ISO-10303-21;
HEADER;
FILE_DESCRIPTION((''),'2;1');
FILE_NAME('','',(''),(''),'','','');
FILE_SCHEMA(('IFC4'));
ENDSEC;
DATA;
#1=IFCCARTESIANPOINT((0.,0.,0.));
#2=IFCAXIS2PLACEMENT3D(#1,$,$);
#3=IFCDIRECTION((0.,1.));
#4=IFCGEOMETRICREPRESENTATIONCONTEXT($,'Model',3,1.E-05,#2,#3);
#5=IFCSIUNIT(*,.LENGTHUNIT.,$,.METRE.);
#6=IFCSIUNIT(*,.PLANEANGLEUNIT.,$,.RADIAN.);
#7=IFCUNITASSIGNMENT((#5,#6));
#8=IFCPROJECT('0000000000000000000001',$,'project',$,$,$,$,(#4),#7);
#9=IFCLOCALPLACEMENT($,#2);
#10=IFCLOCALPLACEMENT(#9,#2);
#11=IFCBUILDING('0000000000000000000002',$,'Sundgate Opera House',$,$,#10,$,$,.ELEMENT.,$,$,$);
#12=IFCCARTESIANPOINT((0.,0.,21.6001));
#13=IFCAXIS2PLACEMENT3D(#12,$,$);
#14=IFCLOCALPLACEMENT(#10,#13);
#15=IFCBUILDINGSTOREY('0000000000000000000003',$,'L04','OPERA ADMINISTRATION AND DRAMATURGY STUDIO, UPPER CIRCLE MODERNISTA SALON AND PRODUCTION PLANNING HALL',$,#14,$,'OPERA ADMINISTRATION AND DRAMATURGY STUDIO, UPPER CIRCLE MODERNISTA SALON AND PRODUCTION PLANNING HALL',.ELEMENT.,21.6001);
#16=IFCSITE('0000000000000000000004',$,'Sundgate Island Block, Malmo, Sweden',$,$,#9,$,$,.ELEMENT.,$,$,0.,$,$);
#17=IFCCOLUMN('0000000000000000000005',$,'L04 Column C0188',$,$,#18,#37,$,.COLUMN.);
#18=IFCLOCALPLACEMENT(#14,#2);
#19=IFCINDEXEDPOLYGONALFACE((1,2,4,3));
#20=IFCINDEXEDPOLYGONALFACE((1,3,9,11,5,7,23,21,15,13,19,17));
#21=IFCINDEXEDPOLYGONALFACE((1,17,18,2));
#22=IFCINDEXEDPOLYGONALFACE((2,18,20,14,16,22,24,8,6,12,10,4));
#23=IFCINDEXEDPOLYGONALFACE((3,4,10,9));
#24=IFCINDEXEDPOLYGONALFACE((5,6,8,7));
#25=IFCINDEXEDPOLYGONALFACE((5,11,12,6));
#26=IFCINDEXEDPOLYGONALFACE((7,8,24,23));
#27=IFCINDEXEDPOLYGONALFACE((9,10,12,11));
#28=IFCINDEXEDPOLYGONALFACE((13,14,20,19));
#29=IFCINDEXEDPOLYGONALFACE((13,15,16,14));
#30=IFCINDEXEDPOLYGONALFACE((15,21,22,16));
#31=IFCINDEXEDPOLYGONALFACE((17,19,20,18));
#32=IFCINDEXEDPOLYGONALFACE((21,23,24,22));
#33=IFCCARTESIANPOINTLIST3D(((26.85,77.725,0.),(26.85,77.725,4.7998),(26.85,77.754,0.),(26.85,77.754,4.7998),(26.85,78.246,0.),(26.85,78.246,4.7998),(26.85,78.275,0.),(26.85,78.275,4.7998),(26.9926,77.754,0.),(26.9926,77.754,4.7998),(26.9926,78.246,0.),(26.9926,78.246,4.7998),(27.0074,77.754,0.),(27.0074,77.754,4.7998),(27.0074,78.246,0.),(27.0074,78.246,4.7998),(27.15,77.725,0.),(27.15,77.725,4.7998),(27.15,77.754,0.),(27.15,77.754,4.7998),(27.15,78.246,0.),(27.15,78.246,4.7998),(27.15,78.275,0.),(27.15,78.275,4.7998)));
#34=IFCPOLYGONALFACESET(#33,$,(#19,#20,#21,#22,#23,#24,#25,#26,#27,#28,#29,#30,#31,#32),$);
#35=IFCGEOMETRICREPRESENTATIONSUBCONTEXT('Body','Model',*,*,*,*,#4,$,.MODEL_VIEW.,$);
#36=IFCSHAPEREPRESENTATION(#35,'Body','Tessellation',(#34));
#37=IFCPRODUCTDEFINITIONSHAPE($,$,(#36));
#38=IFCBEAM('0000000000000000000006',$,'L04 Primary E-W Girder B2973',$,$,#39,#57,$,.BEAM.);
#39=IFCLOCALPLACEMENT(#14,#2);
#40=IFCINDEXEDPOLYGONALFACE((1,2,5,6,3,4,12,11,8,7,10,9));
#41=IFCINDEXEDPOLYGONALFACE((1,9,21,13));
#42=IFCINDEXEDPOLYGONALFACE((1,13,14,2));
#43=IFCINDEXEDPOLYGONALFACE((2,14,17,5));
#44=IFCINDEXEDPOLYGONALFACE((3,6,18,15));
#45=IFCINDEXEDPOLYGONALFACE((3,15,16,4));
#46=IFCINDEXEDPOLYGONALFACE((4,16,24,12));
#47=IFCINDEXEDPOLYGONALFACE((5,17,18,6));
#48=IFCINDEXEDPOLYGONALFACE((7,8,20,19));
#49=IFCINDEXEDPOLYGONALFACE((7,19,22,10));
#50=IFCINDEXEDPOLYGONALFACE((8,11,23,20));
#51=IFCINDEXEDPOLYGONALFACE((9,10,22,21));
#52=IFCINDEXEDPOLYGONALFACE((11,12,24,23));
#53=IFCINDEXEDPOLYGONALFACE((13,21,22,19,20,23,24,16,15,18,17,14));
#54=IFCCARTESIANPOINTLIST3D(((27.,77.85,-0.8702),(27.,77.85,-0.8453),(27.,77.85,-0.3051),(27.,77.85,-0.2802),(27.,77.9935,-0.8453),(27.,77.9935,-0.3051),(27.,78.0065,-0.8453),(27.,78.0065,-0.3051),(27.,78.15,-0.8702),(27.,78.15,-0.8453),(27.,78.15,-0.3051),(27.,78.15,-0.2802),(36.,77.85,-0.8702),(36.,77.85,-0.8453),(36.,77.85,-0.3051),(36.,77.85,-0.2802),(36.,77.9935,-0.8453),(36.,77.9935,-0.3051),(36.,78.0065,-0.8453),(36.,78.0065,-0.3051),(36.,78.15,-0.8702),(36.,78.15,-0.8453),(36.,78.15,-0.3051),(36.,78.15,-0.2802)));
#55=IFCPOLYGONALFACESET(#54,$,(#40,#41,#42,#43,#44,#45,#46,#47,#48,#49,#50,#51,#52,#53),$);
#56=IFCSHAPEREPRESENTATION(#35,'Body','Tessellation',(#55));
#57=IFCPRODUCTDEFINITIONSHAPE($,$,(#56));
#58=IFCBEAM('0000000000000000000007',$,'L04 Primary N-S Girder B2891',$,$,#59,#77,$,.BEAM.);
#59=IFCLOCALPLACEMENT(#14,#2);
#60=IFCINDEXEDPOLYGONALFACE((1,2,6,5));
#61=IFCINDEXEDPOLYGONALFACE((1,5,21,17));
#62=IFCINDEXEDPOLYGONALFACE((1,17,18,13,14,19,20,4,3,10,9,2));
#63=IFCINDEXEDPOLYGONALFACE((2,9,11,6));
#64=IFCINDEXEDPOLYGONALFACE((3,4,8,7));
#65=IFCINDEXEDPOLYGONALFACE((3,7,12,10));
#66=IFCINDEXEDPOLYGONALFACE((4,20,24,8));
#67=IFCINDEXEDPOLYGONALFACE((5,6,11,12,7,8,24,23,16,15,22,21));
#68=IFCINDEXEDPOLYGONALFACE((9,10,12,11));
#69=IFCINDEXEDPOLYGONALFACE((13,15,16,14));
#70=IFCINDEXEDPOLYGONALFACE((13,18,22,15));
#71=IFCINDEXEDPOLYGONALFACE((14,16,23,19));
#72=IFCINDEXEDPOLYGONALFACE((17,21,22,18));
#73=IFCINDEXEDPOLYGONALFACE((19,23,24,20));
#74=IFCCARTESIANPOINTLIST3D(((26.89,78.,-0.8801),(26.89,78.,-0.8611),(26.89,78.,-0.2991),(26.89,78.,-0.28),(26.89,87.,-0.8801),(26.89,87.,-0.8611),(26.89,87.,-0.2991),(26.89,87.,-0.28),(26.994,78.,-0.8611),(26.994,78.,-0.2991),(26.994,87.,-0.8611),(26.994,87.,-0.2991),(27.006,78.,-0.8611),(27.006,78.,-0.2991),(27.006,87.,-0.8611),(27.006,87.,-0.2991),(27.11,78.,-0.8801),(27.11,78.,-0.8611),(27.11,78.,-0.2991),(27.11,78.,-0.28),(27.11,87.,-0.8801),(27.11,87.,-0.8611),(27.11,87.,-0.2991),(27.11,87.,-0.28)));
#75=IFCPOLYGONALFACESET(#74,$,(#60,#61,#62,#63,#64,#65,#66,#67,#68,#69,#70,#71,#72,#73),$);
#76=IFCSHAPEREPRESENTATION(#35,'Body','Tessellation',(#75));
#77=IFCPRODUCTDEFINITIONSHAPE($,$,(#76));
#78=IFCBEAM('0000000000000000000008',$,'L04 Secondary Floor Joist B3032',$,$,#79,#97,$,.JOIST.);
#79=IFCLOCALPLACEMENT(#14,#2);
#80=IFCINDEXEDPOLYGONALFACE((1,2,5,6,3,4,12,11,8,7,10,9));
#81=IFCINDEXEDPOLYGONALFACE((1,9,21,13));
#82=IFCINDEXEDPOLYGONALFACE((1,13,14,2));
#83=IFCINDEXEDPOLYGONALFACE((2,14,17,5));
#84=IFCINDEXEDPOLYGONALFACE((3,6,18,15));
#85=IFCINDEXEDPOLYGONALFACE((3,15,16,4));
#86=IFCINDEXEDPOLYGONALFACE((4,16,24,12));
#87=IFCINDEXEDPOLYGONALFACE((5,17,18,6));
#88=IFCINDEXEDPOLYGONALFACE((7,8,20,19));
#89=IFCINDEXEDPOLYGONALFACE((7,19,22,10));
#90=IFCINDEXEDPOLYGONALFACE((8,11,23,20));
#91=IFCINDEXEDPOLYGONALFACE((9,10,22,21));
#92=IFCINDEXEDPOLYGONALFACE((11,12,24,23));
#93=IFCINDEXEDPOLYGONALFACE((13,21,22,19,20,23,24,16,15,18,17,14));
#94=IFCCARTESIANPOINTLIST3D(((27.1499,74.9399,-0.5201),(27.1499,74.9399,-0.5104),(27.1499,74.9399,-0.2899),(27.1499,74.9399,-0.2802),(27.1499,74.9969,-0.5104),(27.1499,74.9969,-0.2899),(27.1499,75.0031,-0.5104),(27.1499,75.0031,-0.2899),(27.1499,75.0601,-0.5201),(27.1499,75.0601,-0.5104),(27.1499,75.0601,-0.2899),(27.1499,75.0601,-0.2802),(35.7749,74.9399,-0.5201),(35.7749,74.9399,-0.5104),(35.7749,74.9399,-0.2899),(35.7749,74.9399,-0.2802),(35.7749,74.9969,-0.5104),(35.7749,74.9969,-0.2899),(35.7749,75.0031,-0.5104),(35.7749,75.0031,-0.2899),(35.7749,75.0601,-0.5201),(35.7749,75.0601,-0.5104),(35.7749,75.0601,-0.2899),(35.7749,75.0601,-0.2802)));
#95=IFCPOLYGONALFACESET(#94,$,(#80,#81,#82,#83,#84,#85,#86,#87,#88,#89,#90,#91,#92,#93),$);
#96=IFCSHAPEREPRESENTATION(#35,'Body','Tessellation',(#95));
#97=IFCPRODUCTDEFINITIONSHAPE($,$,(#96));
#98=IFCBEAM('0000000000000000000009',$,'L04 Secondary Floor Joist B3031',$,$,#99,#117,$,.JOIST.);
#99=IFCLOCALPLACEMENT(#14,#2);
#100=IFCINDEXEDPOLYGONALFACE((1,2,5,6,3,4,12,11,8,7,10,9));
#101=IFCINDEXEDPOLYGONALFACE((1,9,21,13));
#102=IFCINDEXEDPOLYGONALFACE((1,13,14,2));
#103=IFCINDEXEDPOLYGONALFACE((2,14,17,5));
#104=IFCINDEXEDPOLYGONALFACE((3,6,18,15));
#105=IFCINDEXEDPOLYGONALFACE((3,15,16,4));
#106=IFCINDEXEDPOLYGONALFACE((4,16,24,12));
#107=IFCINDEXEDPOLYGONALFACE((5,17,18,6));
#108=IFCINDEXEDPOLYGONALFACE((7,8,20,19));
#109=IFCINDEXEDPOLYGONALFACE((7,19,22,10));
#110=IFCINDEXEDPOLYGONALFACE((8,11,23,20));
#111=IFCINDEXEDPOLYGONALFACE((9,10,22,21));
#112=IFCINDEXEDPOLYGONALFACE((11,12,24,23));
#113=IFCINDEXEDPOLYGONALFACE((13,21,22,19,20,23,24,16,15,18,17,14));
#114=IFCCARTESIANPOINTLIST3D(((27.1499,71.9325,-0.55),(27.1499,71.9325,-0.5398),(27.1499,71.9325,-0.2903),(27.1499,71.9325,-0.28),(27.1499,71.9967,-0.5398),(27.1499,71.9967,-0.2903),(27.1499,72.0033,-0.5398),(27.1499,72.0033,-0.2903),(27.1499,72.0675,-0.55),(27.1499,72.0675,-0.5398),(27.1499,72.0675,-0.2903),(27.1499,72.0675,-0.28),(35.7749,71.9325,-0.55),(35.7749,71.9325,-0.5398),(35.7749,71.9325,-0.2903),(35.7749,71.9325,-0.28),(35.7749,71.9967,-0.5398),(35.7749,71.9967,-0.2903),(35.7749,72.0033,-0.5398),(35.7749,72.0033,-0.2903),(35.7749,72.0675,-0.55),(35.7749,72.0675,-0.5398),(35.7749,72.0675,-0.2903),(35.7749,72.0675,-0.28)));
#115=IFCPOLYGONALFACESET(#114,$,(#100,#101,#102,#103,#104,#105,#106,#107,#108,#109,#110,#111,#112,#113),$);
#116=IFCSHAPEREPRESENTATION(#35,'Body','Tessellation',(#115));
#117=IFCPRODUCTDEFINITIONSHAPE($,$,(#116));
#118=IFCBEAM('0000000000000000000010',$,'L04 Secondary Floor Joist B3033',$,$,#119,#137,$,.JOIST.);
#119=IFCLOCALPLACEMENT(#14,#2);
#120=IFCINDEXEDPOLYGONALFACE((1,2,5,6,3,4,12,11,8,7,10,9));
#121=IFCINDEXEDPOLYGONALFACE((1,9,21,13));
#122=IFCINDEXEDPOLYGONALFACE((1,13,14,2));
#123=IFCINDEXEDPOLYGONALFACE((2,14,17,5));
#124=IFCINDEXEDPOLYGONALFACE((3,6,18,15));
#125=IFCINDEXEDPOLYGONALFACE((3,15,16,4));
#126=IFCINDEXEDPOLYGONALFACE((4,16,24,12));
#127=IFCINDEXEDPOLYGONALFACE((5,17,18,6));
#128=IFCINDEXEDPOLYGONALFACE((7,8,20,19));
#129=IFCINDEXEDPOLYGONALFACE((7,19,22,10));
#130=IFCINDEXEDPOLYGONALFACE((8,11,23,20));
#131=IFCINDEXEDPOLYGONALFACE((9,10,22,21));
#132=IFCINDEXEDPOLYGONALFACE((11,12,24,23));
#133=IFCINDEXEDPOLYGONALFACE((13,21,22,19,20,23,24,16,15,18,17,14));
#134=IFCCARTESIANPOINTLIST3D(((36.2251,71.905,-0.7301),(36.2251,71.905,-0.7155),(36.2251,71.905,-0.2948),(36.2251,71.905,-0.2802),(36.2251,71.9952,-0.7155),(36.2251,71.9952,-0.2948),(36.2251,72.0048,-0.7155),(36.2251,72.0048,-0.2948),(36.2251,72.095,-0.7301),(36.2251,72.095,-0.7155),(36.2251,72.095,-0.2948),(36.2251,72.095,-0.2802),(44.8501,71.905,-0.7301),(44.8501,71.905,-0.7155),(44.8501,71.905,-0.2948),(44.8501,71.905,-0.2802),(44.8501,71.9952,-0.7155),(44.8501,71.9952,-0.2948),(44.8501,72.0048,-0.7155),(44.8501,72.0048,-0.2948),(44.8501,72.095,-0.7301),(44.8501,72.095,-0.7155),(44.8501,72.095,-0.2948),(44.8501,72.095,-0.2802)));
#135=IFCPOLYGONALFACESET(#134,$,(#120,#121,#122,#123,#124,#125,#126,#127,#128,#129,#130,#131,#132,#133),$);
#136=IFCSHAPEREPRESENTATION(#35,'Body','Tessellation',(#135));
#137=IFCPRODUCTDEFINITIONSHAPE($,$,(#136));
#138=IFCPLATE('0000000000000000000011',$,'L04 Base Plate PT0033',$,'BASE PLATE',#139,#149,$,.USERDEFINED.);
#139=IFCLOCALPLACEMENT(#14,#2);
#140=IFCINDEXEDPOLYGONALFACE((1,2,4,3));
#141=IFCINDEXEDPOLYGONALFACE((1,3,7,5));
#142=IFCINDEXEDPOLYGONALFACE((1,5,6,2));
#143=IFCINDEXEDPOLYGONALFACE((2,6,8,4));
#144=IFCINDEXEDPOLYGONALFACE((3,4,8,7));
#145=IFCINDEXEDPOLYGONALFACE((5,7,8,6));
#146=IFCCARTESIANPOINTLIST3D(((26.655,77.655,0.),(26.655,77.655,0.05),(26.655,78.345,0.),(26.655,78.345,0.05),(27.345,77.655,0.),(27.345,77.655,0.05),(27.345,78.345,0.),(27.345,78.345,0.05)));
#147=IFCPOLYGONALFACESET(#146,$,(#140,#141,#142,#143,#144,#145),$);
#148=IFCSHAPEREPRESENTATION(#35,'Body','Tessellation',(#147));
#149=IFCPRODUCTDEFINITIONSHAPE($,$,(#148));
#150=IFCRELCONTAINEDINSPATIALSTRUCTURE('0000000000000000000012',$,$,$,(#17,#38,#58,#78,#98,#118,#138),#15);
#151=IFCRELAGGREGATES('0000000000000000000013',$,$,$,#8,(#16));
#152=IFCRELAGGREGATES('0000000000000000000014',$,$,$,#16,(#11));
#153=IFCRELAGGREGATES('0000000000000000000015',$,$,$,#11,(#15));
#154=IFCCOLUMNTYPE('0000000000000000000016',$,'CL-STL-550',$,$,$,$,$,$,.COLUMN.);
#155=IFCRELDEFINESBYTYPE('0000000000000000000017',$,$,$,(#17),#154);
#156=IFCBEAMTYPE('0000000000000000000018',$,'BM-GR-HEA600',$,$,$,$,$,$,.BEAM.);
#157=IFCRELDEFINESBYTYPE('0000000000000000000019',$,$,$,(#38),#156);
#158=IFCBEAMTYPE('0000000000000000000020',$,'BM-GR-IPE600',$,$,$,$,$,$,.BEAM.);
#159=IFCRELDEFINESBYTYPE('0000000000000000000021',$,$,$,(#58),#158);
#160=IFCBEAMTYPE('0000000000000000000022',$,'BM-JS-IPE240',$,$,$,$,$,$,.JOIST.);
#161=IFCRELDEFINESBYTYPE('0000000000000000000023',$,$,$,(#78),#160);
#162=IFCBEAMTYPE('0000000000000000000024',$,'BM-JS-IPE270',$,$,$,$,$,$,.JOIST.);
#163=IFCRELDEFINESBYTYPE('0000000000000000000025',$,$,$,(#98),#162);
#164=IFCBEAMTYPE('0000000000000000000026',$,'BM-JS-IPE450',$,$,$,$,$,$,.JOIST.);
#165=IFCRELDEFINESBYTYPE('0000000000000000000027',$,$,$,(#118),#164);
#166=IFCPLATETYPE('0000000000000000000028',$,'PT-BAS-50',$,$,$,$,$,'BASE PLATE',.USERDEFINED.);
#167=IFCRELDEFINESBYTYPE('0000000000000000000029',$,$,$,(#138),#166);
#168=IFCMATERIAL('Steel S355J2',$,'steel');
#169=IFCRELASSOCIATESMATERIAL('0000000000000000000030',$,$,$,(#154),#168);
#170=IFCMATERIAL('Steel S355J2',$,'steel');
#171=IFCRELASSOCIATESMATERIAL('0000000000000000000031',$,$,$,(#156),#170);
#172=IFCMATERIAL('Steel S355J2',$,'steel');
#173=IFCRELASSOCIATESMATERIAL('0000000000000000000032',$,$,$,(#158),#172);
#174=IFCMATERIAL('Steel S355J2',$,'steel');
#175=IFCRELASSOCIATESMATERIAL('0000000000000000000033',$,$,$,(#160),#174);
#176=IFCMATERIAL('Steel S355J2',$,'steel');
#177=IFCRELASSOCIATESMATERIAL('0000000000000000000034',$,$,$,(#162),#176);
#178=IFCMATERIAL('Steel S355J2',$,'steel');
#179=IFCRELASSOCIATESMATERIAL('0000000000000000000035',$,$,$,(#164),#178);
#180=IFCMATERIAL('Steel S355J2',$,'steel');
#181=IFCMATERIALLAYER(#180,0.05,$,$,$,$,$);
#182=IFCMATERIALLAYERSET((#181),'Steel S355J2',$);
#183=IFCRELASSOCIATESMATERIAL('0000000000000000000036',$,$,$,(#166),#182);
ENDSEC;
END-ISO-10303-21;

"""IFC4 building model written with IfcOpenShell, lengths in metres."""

from ifc_helpers import new_model, si_unit, direction, frame, origin, origin_2d, place, context, subcontext, project, spatial, rectangle, i_section, extrude, material, layer, layer_set, material_profile, profile_set, type_object, element, save


model = new_model("IFC4")

# Units and contexts
model_context = context("Model", 3, precision=1e-05, world=origin(), true_north=direction((0.0, 1.0)))
body_context = subcontext(model_context, "Body", "Model", "MODEL_VIEW")
ifc_project = project(units=[si_unit("LENGTHUNIT", "METRE"), si_unit("PLANEANGLEUNIT", "RADIAN")], contexts=[model_context])

# Site, building, storey
site_placement = place(None, origin())
site = spatial("IfcSite", under=ifc_project, at=site_placement, Name="Sundgate Island Block, Malmo, Sweden", CompositionType="ELEMENT", RefElevation=0.0)
building_placement = place(site_placement, origin())
building = spatial("IfcBuilding", under=site, at=building_placement, Name="Sundgate Opera House", CompositionType="ELEMENT")
storey_placement = place(building_placement, frame((0.0, 0.0, 21.6001)))
storey = spatial("IfcBuildingStorey", under=building, at=storey_placement, Name="L04", Description="OPERA ADMINISTRATION AND DRAMATURGY STUDIO, UPPER CIRCLE MODERNISTA SALON AND PRODUCTION PLANNING HALL", LongName="OPERA ADMINISTRATION AND DRAMATURGY STUDIO, UPPER CIRCLE MODERNISTA SALON AND PRODUCTION PLANNING HALL", CompositionType="ELEMENT", Elevation=21.6001)

# Column
ifc_material_1 = material(Name="Steel S355J2", Category="steel")
ifc_material_profile_1 = material_profile(ifc_material_1, i_section(OverallWidth=0.3, OverallDepth=0.55, WebThickness=0.0149, FlangeThickness=0.0291, at=origin_2d()), Name="HEB 550")
ifc_profile_set_1 = profile_set([ifc_material_profile_1], Name="Steel S355J2")
column_type = type_object("IfcColumnType", Name="CL-STL-550", PredefinedType="COLUMN", material=ifc_profile_set_1)
column_placement = place(storey_placement, frame((27.0, 78.0, 0.0), z_axis=(0.0, 0.0, 1.0), x_axis=(1.0, 0.0, 0.0)))
element("IfcColumn", 1, at=column_placement, inside=storey, type_object=column_type, Name="L04 Column C0188", PredefinedType="COLUMN", context=body_context, shape_type="SweptSolid", body=[
    extrude(i_section(OverallWidth=0.3, OverallDepth=0.55, WebThickness=0.0149, FlangeThickness=0.0291, at=origin_2d()), origin(), (0.0, 0.0, 1.0), 4.7998),
])

# Beams
ifc_material_2 = material(Name="Steel S355J2", Category="steel")
ifc_material_profile_2 = material_profile(ifc_material_2, i_section(OverallWidth=0.3, OverallDepth=0.5901, WebThickness=0.0129, FlangeThickness=0.0249, at=origin_2d()), Name="HEA 600")
ifc_profile_set_2 = profile_set([ifc_material_profile_2], Name="Steel S355J2")
beam_type_1 = type_object("IfcBeamType", Name="BM-GR-HEA600", PredefinedType="BEAM", material=ifc_profile_set_2)
beam_1_placement = place(storey_placement, frame((27.0, 78.0, -0.5752), z_axis=(1.0, 0.0, 0.0), x_axis=(0.0, 1.0, 0.0)))
element("IfcBeam", 2, at=beam_1_placement, inside=storey, type_object=beam_type_1, Name="L04 Primary E-W Girder B2973", PredefinedType="BEAM", context=body_context, shape_type="SweptSolid", body=[
    extrude(i_section(OverallWidth=0.3, OverallDepth=0.5901, WebThickness=0.0129, FlangeThickness=0.0249, at=origin_2d()), origin(), (0.0, 0.0, 1.0), 9.0),
])
ifc_material_3 = material(Name="Steel S355J2", Category="steel")
ifc_material_profile_3 = material_profile(ifc_material_3, i_section(OverallWidth=0.22, OverallDepth=0.6001, WebThickness=0.012, FlangeThickness=0.019, at=origin_2d()), Name="IPE 600")
ifc_profile_set_3 = profile_set([ifc_material_profile_3], Name="Steel S355J2")
beam_type_2 = type_object("IfcBeamType", Name="BM-GR-IPE600", PredefinedType="BEAM", material=ifc_profile_set_3)
beam_2_placement = place(storey_placement, frame((27.0, 78.0, -0.5801), z_axis=(0.0, 1.0, 0.0), x_axis=(-1.0, 0.0, 0.0)))
element("IfcBeam", 3, at=beam_2_placement, inside=storey, type_object=beam_type_2, Name="L04 Primary N-S Girder B2891", PredefinedType="BEAM", context=body_context, shape_type="SweptSolid", body=[
    extrude(i_section(OverallWidth=0.22, OverallDepth=0.6001, WebThickness=0.012, FlangeThickness=0.019, at=origin_2d()), origin(), (0.0, 0.0, 1.0), 9.0),
])
ifc_material_4 = material(Name="Steel S355J2", Category="steel")
ifc_material_profile_4 = material_profile(ifc_material_4, i_section(OverallWidth=0.1201, OverallDepth=0.24, WebThickness=0.0061, FlangeThickness=0.0098, at=origin_2d()), Name="IPE 240")
ifc_profile_set_4 = profile_set([ifc_material_profile_4], Name="Steel S355J2")
beam_type_3 = type_object("IfcBeamType", Name="BM-JS-IPE240", PredefinedType="JOIST", material=ifc_profile_set_4)
beam_3_placement = place(storey_placement, frame((27.1499, 75.0, -0.4001), z_axis=(1.0, 0.0, 0.0), x_axis=(0.0, 1.0, 0.0)))
element("IfcBeam", 4, at=beam_3_placement, inside=storey, type_object=beam_type_3, Name="L04 Secondary Floor Joist B3032", PredefinedType="JOIST", context=body_context, shape_type="SweptSolid", body=[
    extrude(i_section(OverallWidth=0.1201, OverallDepth=0.24, WebThickness=0.0061, FlangeThickness=0.0098, at=origin_2d()), origin(), (0.0, 0.0, 1.0), 8.625),
])
ifc_material_5 = material(Name="Steel S355J2", Category="steel")
ifc_material_profile_5 = material_profile(ifc_material_5, i_section(OverallWidth=0.135, OverallDepth=0.27, WebThickness=0.0066, FlangeThickness=0.0103, at=origin_2d()), Name="IPE 270")
ifc_profile_set_5 = profile_set([ifc_material_profile_5], Name="Steel S355J2")
beam_type_4 = type_object("IfcBeamType", Name="BM-JS-IPE270", PredefinedType="JOIST", material=ifc_profile_set_5)
beam_4_placement = place(storey_placement, frame((27.1499, 72.0, -0.415), z_axis=(1.0, 0.0, 0.0), x_axis=(0.0, 1.0, 0.0)))
element("IfcBeam", 5, at=beam_4_placement, inside=storey, type_object=beam_type_4, Name="L04 Secondary Floor Joist B3031", PredefinedType="JOIST", context=body_context, shape_type="SweptSolid", body=[
    extrude(i_section(OverallWidth=0.135, OverallDepth=0.27, WebThickness=0.0066, FlangeThickness=0.0103, at=origin_2d()), origin(), (0.0, 0.0, 1.0), 8.625),
])
ifc_material_6 = material(Name="Steel S355J2", Category="steel")
ifc_material_profile_6 = material_profile(ifc_material_6, i_section(OverallWidth=0.1899, OverallDepth=0.45, WebThickness=0.0095, FlangeThickness=0.0146, at=origin_2d()), Name="IPE 450")
ifc_profile_set_6 = profile_set([ifc_material_profile_6], Name="Steel S355J2")
beam_type_5 = type_object("IfcBeamType", Name="BM-JS-IPE450", PredefinedType="JOIST", material=ifc_profile_set_6)
beam_5_placement = place(storey_placement, frame((36.2251, 72.0, -0.5051), z_axis=(1.0, 0.0, 0.0), x_axis=(0.0, 1.0, 0.0)))
element("IfcBeam", 6, at=beam_5_placement, inside=storey, type_object=beam_type_5, Name="L04 Secondary Floor Joist B3033", PredefinedType="JOIST", context=body_context, shape_type="SweptSolid", body=[
    extrude(i_section(OverallWidth=0.1899, OverallDepth=0.45, WebThickness=0.0095, FlangeThickness=0.0146, at=origin_2d()), origin(), (0.0, 0.0, 1.0), 8.625),
])

# Plate
ifc_material_7 = material(Name="Steel S355J2", Category="steel")
ifc_layer_1 = layer(ifc_material_7, 0.05)
ifc_layer_set_1 = layer_set([ifc_layer_1], Name="Steel S355J2")
plate_type = type_object("IfcPlateType", Name="PT-BAS-50", ElementType="BASE PLATE", PredefinedType="USERDEFINED", material=ifc_layer_set_1)
plate_placement = place(storey_placement, frame((27.0, 78.0, 0.0), z_axis=(0.0, 0.0, 1.0), x_axis=(1.0, 0.0, 0.0)))
element("IfcPlate", 7, at=plate_placement, inside=storey, type_object=plate_type, Name="L04 Base Plate PT0033", ObjectType="BASE PLATE", PredefinedType="USERDEFINED", context=body_context, shape_type="SweptSolid", body=[
    extrude(rectangle(XDim=0.6899, YDim=0.6899, at=origin_2d()), origin(), (0.0, 0.0, 1.0), 0.05),
])

save(model, "model.ifc")
